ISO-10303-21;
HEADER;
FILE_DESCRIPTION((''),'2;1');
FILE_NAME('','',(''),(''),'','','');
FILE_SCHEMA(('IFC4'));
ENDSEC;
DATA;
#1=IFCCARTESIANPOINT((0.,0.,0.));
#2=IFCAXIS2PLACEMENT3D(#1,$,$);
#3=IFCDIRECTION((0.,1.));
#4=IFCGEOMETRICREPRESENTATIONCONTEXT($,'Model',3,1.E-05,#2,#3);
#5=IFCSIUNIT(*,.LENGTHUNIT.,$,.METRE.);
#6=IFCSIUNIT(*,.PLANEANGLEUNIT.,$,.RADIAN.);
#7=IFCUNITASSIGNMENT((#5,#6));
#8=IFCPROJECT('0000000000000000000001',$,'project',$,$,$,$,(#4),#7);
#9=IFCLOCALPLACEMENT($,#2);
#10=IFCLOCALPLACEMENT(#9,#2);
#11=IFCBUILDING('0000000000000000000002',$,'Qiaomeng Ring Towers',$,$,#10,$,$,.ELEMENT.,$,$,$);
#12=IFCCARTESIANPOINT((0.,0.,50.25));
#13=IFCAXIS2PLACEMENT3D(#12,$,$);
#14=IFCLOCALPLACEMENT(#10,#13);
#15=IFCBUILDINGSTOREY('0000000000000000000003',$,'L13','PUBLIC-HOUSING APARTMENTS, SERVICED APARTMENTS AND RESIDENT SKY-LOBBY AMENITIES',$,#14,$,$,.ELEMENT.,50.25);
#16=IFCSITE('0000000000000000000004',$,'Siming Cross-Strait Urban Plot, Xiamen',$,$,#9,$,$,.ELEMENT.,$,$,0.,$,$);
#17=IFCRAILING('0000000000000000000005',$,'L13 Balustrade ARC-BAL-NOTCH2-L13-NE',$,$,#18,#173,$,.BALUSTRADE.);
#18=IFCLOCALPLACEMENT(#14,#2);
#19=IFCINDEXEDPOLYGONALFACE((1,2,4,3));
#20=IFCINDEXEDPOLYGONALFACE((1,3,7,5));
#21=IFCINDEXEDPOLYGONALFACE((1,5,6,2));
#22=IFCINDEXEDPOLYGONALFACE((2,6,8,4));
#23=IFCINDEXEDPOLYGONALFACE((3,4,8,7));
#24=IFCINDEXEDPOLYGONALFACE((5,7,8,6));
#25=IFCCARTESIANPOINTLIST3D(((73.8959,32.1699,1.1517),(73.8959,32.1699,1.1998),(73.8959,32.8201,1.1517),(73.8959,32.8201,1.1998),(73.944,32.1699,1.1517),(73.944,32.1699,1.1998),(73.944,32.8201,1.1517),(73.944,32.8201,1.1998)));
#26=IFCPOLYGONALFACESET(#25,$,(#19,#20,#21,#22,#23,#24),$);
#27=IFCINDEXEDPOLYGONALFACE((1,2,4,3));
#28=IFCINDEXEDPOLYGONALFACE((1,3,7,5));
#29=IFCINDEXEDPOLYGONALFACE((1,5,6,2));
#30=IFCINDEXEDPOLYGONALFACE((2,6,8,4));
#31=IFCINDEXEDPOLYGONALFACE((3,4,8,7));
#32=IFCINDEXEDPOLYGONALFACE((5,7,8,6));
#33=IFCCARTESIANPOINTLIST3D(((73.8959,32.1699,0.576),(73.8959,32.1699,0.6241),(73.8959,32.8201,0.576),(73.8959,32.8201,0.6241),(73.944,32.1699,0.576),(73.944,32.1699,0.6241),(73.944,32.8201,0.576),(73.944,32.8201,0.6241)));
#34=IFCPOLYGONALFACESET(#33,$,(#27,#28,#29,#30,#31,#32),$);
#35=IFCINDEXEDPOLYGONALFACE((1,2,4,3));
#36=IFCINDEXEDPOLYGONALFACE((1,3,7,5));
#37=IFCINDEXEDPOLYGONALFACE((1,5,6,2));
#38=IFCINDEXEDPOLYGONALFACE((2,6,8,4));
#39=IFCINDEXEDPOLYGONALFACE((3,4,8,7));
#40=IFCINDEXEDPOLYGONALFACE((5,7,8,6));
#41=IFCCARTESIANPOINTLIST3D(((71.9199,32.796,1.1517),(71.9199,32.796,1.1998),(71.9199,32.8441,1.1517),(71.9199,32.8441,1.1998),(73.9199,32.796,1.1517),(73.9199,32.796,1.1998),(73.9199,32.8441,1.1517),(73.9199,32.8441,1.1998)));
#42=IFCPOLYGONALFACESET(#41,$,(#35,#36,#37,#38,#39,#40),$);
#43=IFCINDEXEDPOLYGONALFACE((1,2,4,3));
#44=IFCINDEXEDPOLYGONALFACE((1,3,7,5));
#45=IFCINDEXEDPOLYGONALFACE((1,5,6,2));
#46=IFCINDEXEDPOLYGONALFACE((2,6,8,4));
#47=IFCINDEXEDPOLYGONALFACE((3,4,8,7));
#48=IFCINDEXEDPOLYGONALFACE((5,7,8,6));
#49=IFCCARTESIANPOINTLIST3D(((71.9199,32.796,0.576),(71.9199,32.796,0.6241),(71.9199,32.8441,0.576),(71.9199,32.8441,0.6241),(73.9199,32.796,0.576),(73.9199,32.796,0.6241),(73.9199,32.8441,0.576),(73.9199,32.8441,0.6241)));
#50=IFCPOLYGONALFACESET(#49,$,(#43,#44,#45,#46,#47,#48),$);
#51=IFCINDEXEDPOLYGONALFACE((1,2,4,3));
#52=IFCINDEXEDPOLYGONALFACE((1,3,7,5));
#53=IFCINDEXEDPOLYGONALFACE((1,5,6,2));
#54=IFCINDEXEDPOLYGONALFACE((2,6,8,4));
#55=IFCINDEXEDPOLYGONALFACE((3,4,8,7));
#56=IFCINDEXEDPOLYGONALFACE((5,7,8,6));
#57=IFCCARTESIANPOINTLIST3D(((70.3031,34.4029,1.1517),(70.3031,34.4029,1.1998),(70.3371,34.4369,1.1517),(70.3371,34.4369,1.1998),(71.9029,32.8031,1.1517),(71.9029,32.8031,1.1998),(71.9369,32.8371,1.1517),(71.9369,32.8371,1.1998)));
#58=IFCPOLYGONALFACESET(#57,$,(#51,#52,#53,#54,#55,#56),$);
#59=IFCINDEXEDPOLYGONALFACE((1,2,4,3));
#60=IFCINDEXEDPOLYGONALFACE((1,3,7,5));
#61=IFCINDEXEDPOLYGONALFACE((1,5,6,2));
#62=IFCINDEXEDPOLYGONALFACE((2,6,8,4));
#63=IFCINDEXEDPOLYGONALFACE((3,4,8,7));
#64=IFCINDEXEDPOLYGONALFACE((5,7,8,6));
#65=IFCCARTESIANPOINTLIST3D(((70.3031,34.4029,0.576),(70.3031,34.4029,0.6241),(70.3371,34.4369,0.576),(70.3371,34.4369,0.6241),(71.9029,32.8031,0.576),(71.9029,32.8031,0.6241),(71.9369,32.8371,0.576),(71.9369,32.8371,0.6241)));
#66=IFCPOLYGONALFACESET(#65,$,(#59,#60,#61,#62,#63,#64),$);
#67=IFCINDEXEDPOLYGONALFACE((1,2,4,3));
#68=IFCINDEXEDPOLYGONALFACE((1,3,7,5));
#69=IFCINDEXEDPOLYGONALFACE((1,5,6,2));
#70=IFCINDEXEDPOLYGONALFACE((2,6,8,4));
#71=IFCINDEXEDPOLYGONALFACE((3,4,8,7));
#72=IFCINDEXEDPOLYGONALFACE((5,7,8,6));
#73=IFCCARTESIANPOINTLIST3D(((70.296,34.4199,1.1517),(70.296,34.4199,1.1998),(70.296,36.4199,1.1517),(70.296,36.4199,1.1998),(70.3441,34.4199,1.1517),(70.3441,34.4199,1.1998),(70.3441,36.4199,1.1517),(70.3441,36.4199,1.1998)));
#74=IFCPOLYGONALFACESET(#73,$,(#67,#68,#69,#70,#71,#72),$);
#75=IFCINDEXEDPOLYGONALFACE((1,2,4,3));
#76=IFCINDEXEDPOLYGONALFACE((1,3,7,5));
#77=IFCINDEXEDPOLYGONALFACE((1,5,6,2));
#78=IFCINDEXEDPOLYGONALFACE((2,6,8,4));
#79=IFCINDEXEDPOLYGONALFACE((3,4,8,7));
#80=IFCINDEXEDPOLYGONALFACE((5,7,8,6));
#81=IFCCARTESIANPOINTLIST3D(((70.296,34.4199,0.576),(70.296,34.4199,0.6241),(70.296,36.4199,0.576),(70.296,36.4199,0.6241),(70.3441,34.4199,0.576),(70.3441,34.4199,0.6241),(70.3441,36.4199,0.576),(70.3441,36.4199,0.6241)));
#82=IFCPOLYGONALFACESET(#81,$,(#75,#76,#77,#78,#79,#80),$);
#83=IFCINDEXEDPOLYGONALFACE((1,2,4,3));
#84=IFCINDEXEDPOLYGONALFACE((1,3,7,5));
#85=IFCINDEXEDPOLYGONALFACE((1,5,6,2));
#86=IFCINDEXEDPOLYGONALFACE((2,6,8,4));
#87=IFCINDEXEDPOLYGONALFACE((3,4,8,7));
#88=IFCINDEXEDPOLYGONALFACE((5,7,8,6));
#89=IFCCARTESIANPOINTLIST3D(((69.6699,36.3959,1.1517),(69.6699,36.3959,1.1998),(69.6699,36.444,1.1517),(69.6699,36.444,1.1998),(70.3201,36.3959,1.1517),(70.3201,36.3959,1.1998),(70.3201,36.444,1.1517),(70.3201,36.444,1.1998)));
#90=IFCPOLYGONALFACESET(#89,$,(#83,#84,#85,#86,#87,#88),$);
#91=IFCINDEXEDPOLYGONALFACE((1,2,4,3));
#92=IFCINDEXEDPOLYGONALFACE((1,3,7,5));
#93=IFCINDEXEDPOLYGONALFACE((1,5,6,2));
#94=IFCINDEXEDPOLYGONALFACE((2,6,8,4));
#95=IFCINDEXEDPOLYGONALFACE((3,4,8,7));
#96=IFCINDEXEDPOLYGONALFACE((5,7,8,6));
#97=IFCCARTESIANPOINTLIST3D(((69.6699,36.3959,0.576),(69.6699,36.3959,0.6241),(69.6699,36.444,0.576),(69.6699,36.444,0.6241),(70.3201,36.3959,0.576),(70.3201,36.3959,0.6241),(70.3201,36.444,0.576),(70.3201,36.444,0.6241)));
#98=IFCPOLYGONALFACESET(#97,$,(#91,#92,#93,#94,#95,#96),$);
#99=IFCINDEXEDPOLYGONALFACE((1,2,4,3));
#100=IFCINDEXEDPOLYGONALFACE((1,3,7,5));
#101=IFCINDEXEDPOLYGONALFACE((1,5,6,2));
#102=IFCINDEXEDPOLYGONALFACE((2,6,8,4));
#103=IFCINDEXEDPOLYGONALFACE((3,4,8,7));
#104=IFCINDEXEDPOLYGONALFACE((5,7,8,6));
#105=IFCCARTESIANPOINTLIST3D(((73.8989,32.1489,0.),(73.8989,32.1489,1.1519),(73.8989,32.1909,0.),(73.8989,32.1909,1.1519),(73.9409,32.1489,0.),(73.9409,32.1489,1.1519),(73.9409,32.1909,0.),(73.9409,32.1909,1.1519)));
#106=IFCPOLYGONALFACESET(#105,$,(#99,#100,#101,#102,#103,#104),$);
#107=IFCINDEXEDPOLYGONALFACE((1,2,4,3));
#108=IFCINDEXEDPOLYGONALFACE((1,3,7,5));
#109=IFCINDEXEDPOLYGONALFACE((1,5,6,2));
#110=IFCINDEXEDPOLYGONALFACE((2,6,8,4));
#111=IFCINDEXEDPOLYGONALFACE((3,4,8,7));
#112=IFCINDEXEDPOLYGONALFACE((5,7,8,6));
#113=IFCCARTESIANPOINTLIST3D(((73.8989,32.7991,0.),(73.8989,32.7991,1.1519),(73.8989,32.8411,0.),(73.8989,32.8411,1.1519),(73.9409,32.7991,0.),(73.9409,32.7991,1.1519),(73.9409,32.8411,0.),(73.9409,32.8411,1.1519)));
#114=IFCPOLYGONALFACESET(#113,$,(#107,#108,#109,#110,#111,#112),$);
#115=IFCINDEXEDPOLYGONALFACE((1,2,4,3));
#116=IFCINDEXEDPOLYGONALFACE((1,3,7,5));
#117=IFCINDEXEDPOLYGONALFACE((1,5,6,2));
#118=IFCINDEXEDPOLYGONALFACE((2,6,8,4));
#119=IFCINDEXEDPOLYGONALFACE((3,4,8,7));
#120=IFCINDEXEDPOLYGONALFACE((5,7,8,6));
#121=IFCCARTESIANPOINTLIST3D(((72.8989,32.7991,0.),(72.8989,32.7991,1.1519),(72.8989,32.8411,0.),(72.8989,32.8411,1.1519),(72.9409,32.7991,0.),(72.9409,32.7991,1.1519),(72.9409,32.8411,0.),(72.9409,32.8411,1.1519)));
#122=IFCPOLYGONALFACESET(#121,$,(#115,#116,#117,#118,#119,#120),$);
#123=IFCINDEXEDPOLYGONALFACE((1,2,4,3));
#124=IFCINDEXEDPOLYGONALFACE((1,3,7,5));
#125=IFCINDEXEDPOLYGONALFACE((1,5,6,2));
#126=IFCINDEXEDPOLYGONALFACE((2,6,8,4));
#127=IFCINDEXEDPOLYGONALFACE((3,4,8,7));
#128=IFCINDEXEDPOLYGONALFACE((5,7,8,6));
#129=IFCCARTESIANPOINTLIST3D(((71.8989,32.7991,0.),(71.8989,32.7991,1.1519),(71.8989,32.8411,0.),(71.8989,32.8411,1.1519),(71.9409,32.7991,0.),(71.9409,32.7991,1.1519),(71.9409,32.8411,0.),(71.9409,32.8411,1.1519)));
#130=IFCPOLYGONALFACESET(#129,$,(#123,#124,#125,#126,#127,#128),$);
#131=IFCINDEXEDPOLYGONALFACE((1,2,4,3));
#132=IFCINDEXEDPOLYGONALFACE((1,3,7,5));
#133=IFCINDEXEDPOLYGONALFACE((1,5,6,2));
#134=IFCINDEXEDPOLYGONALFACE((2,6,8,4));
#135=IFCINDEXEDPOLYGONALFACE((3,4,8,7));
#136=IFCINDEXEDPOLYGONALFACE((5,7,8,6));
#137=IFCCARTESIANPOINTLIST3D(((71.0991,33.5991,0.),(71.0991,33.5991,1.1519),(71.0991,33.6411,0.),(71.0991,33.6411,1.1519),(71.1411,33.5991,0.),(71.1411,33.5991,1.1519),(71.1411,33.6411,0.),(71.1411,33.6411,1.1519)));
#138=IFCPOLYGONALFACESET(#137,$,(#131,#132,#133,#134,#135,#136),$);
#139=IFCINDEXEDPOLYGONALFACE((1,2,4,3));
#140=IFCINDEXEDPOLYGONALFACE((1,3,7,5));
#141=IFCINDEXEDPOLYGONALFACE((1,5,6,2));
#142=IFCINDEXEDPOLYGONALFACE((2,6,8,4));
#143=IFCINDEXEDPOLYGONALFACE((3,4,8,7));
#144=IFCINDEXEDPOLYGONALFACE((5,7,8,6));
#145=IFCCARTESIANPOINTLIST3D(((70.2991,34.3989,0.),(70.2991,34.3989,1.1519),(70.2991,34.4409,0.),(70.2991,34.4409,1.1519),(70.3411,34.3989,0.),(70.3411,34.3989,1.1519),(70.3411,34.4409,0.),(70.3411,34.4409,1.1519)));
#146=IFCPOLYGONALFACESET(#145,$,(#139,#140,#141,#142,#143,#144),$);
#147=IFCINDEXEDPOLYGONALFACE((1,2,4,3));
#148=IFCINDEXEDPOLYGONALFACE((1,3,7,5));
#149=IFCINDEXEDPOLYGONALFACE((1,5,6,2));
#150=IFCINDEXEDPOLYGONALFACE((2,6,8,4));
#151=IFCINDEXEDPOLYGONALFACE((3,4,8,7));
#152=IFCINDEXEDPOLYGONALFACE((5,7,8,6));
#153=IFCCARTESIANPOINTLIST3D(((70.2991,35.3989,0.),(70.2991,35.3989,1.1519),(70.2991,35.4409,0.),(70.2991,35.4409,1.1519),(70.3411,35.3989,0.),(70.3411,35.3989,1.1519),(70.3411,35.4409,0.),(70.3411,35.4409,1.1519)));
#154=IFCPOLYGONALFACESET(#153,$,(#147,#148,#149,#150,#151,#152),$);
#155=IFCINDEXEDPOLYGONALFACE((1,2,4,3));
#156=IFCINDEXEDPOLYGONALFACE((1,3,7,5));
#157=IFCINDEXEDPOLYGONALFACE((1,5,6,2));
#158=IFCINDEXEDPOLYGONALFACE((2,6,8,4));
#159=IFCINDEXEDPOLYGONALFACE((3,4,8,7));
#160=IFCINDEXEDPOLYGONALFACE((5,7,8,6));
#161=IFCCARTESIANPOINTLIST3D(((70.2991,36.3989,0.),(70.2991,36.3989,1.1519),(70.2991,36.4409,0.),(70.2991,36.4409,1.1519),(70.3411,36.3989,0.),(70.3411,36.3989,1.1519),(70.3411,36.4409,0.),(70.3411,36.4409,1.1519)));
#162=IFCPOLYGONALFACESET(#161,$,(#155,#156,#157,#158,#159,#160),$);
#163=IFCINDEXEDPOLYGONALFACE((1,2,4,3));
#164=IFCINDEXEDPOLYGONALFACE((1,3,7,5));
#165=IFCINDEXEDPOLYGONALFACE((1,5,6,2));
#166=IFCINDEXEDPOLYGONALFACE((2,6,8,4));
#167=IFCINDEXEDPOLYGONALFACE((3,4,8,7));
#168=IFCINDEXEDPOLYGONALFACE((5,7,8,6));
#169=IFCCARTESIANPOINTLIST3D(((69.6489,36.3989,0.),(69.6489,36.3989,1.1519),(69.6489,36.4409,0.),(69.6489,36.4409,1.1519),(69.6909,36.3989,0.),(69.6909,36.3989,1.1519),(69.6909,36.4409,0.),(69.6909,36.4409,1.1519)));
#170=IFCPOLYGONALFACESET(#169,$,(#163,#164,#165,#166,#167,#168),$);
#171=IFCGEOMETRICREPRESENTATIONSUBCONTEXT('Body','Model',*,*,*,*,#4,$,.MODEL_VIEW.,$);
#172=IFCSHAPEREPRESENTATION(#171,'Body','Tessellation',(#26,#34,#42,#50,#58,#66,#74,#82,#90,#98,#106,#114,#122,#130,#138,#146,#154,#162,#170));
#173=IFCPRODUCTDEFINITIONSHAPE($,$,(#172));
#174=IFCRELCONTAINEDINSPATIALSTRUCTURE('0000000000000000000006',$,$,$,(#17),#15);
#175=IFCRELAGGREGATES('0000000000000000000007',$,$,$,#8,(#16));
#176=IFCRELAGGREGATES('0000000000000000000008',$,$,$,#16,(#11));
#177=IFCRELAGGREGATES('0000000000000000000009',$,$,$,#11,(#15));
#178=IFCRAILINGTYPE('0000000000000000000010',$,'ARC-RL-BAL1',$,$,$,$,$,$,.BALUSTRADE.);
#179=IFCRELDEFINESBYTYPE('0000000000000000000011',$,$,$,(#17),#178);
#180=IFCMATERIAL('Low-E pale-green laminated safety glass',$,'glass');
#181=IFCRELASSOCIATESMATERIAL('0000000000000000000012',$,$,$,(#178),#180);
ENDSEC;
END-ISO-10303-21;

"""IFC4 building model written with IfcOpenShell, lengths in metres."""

from ifc_helpers import new_model, si_unit, direction, frame, origin, origin_2d, place, context, subcontext, project, spatial, rectangle, extrude, material, type_object, element, save


model = new_model("IFC4")

# Units and contexts
model_context = context("Model", 3, precision=1e-05, world=origin(), true_north=direction((0.0, 1.0)))
body_context = subcontext(model_context, "Body", "Model", "MODEL_VIEW")
ifc_project = project(units=[si_unit("LENGTHUNIT", "METRE"), si_unit("PLANEANGLEUNIT", "RADIAN")], contexts=[model_context])

# Site, building, storey
site_placement = place(None, origin())
site = spatial("IfcSite", under=ifc_project, at=site_placement, Name="Siming Cross-Strait Urban Plot, Xiamen", CompositionType="ELEMENT", RefElevation=0.0)
building_placement = place(site_placement, origin())
building = spatial("IfcBuilding", under=site, at=building_placement, Name="Qiaomeng Ring Towers", CompositionType="ELEMENT")
storey_placement = place(building_placement, frame((0.0, 0.0, 50.25)))
storey = spatial("IfcBuildingStorey", under=building, at=storey_placement, Name="L13", Description="PUBLIC-HOUSING APARTMENTS, SERVICED APARTMENTS AND RESIDENT SKY-LOBBY AMENITIES", CompositionType="ELEMENT", Elevation=50.25)

# Railing
ifc_material_1 = material(Name="Low-E pale-green laminated safety glass", Category="glass")
railing_type = type_object("IfcRailingType", Name="ARC-RL-BAL1", PredefinedType="BALUSTRADE", material=ifc_material_1)
railing_1_placement = place(storey_placement, frame((73.9199, 32.1699, 0.0)))
element("IfcRailing", 1, at=railing_1_placement, inside=storey, type_object=railing_type, Name="L13 Balustrade ARC-BAL-NOTCH2-L13-NE", PredefinedType="BALUSTRADE", context=body_context, shape_type="SweptSolid", body=[
    extrude(rectangle(XDim=0.0481, YDim=0.0481, at=origin_2d()), frame((0.0, 0.0, 1.1758), z_axis=(0.0, 1.0, 0.0), x_axis=(-1.0, 0.0, 0.0)), (0.0, 0.0, 1.0), 0.6501),
    extrude(rectangle(XDim=0.0481, YDim=0.0481, at=origin_2d()), frame((0.0, 0.0, 0.6001), z_axis=(0.0, 1.0, 0.0), x_axis=(-1.0, 0.0, 0.0)), (0.0, 0.0, 1.0), 0.6501),
    extrude(rectangle(XDim=0.0481, YDim=0.0481, at=origin_2d()), frame((0.0, 0.6501, 1.1758), z_axis=(-1.0, 0.0, 0.0), x_axis=(0.0, -1.0, 0.0)), (0.0, 0.0, 1.0), 2.0),
    extrude(rectangle(XDim=0.0481, YDim=0.0481, at=origin_2d()), frame((0.0, 0.6501, 0.6001), z_axis=(-1.0, 0.0, 0.0), x_axis=(0.0, -1.0, 0.0)), (0.0, 0.0, 1.0), 2.0),
    extrude(rectangle(XDim=0.0481, YDim=0.0481, at=origin_2d()), frame((-2.0, 0.6501, 1.1758), z_axis=(-0.707107, 0.707107, 0.0), x_axis=(-0.707107, -0.707107, 0.0)), (0.0, 0.0, 1.0), 2.2625),
    extrude(rectangle(XDim=0.0481, YDim=0.0481, at=origin_2d()), frame((-2.0, 0.6501, 0.6001), z_axis=(-0.707107, 0.707107, 0.0), x_axis=(-0.707107, -0.707107, 0.0)), (0.0, 0.0, 1.0), 2.2625),
    extrude(rectangle(XDim=0.0481, YDim=0.0481, at=origin_2d()), frame((-3.5999, 2.25, 1.1758), z_axis=(0.0, 1.0, 0.0), x_axis=(-1.0, 0.0, 0.0)), (0.0, 0.0, 1.0), 2.0),
    extrude(rectangle(XDim=0.0481, YDim=0.0481, at=origin_2d()), frame((-3.5999, 2.25, 0.6001), z_axis=(0.0, 1.0, 0.0), x_axis=(-1.0, 0.0, 0.0)), (0.0, 0.0, 1.0), 2.0),
    extrude(rectangle(XDim=0.0481, YDim=0.0481, at=origin_2d()), frame((-3.5999, 4.25, 1.1758), z_axis=(-1.0, 0.0, 0.0), x_axis=(0.0, -1.0, 0.0)), (0.0, 0.0, 1.0), 0.6501),
    extrude(rectangle(XDim=0.0481, YDim=0.0481, at=origin_2d()), frame((-3.5999, 4.25, 0.6001), z_axis=(-1.0, 0.0, 0.0), x_axis=(0.0, -1.0, 0.0)), (0.0, 0.0, 1.0), 0.6501),
    extrude(rectangle(XDim=0.042, YDim=0.042, at=origin_2d()), origin(), (0.0, 0.0, 1.0), 1.1519),
    extrude(rectangle(XDim=0.042, YDim=0.042, at=origin_2d()), frame((0.0, 0.6501, 0.0)), (0.0, 0.0, 1.0), 1.1519),
    extrude(rectangle(XDim=0.042, YDim=0.042, at=origin_2d()), frame((-1.0, 0.6501, 0.0)), (0.0, 0.0, 1.0), 1.1519),
    extrude(rectangle(XDim=0.042, YDim=0.042, at=origin_2d()), frame((-2.0, 0.6501, 0.0)), (0.0, 0.0, 1.0), 1.1519),
    extrude(rectangle(XDim=0.042, YDim=0.042, at=origin_2d()), frame((-2.7998, 1.4502, 0.0)), (0.0, 0.0, 1.0), 1.1519),
    extrude(rectangle(XDim=0.042, YDim=0.042, at=origin_2d()), frame((-3.5999, 2.25, 0.0)), (0.0, 0.0, 1.0), 1.1519),
    extrude(rectangle(XDim=0.042, YDim=0.042, at=origin_2d()), frame((-3.5999, 3.25, 0.0)), (0.0, 0.0, 1.0), 1.1519),
    extrude(rectangle(XDim=0.042, YDim=0.042, at=origin_2d()), frame((-3.5999, 4.25, 0.0)), (0.0, 0.0, 1.0), 1.1519),
    extrude(rectangle(XDim=0.042, YDim=0.042, at=origin_2d()), frame((-4.25, 4.25, 0.0)), (0.0, 0.0, 1.0), 1.1519),
])

save(model, "model.ifc")
